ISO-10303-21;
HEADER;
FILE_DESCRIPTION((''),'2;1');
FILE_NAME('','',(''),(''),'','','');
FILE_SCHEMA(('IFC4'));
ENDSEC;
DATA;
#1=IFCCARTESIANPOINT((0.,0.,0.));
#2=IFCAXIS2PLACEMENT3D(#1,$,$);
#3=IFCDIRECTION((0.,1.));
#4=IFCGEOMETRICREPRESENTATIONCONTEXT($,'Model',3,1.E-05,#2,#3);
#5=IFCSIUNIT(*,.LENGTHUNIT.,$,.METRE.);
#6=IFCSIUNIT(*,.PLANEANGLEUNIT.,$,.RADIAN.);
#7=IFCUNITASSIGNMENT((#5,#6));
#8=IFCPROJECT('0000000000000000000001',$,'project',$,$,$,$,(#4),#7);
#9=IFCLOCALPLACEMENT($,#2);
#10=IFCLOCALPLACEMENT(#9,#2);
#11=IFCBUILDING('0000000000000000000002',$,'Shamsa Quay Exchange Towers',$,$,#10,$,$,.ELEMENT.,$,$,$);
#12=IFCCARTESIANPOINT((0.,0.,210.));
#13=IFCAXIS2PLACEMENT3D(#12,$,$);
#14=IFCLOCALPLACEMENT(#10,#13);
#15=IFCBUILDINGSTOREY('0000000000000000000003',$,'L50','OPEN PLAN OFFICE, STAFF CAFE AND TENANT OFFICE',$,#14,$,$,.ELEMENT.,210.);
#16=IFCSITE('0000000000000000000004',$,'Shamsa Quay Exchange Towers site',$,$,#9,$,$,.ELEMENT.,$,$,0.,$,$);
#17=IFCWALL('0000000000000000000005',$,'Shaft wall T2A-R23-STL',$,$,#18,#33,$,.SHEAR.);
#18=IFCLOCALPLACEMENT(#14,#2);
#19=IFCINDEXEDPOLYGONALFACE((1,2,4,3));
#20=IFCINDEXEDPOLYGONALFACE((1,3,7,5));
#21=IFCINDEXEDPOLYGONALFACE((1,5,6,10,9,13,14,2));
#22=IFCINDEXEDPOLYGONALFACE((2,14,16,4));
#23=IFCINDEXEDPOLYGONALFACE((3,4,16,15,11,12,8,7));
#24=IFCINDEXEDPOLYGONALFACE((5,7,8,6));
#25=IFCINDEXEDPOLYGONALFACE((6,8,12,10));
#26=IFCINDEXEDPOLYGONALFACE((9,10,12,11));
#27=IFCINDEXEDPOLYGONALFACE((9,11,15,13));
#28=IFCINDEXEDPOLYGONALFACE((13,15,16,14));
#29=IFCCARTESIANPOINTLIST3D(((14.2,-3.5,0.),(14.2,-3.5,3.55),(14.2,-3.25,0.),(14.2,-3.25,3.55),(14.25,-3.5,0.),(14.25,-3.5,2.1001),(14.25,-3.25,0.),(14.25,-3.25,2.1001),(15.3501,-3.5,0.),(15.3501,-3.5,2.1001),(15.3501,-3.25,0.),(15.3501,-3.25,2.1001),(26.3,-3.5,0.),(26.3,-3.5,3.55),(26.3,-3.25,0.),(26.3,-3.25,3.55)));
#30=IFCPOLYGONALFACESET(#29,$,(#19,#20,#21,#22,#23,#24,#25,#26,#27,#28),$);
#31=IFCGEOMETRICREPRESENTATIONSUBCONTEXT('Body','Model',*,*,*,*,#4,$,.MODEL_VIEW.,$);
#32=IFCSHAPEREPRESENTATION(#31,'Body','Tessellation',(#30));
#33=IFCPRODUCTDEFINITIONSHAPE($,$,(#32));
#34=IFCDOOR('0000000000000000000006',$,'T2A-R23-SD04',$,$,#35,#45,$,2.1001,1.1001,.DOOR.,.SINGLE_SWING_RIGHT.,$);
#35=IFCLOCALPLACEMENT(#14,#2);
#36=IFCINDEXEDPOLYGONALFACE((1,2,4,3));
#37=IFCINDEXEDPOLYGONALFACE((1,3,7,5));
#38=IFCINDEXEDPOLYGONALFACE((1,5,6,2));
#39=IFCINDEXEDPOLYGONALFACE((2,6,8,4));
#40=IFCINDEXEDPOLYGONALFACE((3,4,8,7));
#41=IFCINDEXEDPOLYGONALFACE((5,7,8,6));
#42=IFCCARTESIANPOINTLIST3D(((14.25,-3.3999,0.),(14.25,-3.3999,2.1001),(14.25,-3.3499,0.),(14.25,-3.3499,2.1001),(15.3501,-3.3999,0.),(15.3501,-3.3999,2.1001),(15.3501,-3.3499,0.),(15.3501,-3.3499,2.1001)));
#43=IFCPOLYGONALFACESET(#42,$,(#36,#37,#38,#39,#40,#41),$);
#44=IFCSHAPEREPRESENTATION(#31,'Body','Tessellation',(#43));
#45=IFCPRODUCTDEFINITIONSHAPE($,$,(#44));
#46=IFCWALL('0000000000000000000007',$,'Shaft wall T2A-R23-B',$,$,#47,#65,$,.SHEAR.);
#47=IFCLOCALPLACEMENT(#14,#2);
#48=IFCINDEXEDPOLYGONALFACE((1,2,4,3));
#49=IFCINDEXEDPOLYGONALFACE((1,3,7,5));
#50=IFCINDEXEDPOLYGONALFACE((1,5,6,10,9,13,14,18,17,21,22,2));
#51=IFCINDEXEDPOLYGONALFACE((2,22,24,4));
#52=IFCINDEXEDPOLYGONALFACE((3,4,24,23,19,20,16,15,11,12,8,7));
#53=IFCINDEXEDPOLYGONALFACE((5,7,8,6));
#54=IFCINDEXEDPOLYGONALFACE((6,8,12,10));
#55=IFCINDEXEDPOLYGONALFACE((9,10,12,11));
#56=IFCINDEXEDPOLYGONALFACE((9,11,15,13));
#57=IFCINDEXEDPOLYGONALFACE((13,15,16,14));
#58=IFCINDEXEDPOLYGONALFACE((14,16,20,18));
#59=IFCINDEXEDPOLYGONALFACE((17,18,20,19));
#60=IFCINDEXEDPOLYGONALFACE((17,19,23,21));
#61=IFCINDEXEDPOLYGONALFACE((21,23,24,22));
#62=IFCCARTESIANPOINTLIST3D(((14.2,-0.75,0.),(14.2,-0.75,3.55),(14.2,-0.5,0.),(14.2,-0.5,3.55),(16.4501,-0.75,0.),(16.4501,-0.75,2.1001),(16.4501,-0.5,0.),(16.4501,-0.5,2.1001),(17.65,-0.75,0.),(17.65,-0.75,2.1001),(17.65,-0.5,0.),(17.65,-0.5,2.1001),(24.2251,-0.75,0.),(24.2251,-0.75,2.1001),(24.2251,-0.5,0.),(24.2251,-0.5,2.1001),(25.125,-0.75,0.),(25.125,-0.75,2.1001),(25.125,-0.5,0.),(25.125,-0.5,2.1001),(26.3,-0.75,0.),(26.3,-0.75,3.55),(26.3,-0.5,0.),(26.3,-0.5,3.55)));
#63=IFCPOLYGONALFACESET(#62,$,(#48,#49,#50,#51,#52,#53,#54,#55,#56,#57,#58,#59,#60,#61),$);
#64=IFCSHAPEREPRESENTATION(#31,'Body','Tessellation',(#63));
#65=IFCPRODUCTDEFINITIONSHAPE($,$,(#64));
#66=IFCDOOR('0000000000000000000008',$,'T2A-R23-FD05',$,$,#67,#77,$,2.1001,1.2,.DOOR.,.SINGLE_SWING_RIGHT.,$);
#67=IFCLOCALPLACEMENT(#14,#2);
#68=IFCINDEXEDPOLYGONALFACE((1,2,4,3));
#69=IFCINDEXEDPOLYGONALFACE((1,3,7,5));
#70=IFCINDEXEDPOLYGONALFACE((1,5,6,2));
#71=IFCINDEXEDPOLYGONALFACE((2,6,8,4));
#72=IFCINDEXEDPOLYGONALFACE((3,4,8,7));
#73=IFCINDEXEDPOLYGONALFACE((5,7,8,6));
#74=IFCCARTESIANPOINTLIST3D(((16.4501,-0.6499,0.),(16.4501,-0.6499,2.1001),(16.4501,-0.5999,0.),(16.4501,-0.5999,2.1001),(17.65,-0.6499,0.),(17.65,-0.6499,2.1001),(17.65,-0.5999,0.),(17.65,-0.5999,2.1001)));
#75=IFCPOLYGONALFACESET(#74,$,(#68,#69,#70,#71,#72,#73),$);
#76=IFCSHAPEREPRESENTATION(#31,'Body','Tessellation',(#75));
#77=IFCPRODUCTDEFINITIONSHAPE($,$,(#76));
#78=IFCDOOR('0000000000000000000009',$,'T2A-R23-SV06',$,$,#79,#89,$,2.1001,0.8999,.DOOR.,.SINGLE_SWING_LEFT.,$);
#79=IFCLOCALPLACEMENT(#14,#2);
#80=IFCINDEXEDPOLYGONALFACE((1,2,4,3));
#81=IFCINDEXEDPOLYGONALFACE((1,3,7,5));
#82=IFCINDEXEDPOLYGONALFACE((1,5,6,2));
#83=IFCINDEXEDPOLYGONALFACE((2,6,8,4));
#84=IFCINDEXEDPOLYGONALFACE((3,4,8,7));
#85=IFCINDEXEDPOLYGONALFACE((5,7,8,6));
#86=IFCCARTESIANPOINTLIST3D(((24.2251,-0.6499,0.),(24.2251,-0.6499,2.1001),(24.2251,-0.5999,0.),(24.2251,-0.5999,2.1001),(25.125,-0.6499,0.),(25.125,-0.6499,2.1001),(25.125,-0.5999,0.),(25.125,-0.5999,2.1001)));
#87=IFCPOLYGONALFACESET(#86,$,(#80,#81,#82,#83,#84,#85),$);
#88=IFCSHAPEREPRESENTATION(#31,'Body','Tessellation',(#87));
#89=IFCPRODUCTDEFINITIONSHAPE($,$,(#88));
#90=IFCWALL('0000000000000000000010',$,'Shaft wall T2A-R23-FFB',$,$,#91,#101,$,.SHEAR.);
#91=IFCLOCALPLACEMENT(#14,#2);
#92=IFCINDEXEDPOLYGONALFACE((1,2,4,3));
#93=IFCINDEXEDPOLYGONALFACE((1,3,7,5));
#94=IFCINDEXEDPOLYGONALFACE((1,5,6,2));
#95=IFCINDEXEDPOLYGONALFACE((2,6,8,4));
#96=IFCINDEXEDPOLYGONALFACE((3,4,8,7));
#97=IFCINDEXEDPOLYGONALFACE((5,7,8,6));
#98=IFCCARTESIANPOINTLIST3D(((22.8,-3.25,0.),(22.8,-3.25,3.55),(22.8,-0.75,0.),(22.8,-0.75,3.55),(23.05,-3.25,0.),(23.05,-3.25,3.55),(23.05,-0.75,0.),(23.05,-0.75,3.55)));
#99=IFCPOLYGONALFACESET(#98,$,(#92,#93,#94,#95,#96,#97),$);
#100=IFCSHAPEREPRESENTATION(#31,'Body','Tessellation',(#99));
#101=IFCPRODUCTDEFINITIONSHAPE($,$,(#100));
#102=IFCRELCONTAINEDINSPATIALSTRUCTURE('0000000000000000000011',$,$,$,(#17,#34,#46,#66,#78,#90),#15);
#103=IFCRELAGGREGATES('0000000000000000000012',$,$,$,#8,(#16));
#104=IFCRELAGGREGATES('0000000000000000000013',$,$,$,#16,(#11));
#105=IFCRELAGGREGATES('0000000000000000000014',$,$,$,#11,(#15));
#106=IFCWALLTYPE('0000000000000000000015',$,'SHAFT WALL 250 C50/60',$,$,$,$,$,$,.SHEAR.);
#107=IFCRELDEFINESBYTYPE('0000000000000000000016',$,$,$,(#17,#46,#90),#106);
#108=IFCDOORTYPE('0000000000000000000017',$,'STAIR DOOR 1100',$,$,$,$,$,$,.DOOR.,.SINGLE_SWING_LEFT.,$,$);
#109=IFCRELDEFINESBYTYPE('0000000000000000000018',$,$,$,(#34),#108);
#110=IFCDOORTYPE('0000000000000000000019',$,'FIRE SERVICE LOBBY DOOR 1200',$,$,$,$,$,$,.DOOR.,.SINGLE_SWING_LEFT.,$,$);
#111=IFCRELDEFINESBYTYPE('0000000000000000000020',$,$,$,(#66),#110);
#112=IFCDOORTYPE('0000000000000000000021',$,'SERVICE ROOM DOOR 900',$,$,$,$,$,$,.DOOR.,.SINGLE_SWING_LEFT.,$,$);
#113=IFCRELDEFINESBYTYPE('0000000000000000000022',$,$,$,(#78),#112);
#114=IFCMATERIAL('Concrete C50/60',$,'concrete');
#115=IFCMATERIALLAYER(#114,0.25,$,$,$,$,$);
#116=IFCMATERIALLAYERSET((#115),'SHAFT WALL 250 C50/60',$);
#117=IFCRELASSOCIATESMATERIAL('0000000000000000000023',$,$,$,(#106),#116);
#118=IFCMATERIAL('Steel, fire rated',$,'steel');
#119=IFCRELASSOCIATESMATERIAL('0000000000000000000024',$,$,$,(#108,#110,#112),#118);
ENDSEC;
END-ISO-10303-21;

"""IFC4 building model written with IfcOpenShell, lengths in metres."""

from ifc_helpers import new_model, si_unit, direction, frame, frame_2d, origin, place, context, subcontext, project, spatial, rectangle, extrude, material, layer, layer_set, type_object, element, fill, save


model = new_model("IFC4")

# Units and contexts
model_context = context("Model", 3, precision=1e-05, world=origin(), true_north=direction((0.0, 1.0)))
body_context = subcontext(model_context, "Body", "Model", "MODEL_VIEW")
ifc_project = project(units=[si_unit("LENGTHUNIT", "METRE"), si_unit("PLANEANGLEUNIT", "RADIAN")], contexts=[model_context])

# Site, building, storey
site_placement = place(None, origin())
site = spatial("IfcSite", under=ifc_project, at=site_placement, Name="Shamsa Quay Exchange Towers site", CompositionType="ELEMENT", RefElevation=0.0)
building_placement = place(site_placement, origin())
building = spatial("IfcBuilding", under=site, at=building_placement, Name="Shamsa Quay Exchange Towers", CompositionType="ELEMENT")
storey_placement = place(building_placement, frame((0.0, 0.0, 210.0)))
storey = spatial("IfcBuildingStorey", under=building, at=storey_placement, Name="L50", Description="OPEN PLAN OFFICE, STAFF CAFE AND TENANT OFFICE", CompositionType="ELEMENT", Elevation=210.0)

# Wall, opening, door
ifc_material_1 = material(Name="Concrete C50/60", Category="concrete")
ifc_layer_1 = layer(ifc_material_1, 0.25)
ifc_layer_set_1 = layer_set([ifc_layer_1], Name="SHAFT WALL 250 C50/60")
wall_type_1 = type_object("IfcWallType", Name="SHAFT WALL 250 C50/60", PredefinedType="SHEAR", material=ifc_layer_set_1)
wall_1_placement = place(storey_placement, frame((26.3, -3.375, 0.0), z_axis=(0.0, 0.0, 1.0), x_axis=(-1.0, 0.0, 0.0)))
wall_1 = element("IfcWall", 1, at=wall_1_placement, inside=storey, type_object=wall_type_1, Name="Shaft wall T2A-R23-STL", PredefinedType="SHEAR", context=body_context, shape_type="SweptSolid", body=[
    extrude(rectangle(XDim=12.1001, YDim=0.25, at=frame_2d((6.05, 0.0))), origin(), (0.0, 0.0, 1.0), 3.55),
])
opening_1_placement = place(wall_1_placement, frame((10.95, 0.0, 0.0)))
opening_1 = element("IfcOpeningElement", 2, at=opening_1_placement, cuts=wall_1, PredefinedType="OPENING", context=body_context, shape_type="SweptSolid", body=[
    extrude(rectangle(XDim=1.1001, YDim=2.1001, at=frame_2d((0.55, 1.05))), frame((0.0, 0.135, 0.0), z_axis=(0.0, -1.0, 0.0), x_axis=(1.0, 0.0, 0.0)), (0.0, 0.0, 1.0), 0.27),
])
ifc_material_2 = material(Name="Steel, fire rated", Category="steel")
door_type_1 = type_object("IfcDoorType", Name="STAIR DOOR 1100", OperationType="SINGLE_SWING_LEFT", PredefinedType="DOOR", material=ifc_material_2)
door_1_placement = place(opening_1_placement, origin())
door_1 = element("IfcDoor", 3, at=door_1_placement, inside=storey, type_object=door_type_1, Name="T2A-R23-SD04", OperationType="SINGLE_SWING_RIGHT", OverallHeight=2.1001, OverallWidth=1.1001, PredefinedType="DOOR", context=body_context, shape_type="SweptSolid", body=[
    extrude(rectangle(XDim=1.1001, YDim=2.1001, at=frame_2d((0.55, 1.05))), frame((0.0, 0.0249, 0.0), z_axis=(0.0, -1.0, 0.0), x_axis=(1.0, 0.0, 0.0)), (0.0, 0.0, 1.0), 0.05),
])
fill(opening_1, door_1)

# Wall, openings, doors
wall_2_placement = place(storey_placement, frame((26.3, -0.625, 0.0), z_axis=(0.0, 0.0, 1.0), x_axis=(-1.0, 0.0, 0.0)))
wall_2 = element("IfcWall", 4, at=wall_2_placement, inside=storey, type_object=wall_type_1, Name="Shaft wall T2A-R23-B", PredefinedType="SHEAR", context=body_context, shape_type="SweptSolid", body=[
    extrude(rectangle(XDim=12.1001, YDim=0.25, at=frame_2d((6.05, 0.0))), origin(), (0.0, 0.0, 1.0), 3.55),
])
opening_2_placement = place(wall_2_placement, frame((8.6499, 0.0, 0.0)))
opening_2 = element("IfcOpeningElement", 5, at=opening_2_placement, cuts=wall_2, PredefinedType="OPENING", context=body_context, shape_type="SweptSolid", body=[
    extrude(rectangle(XDim=1.2, YDim=2.1001, at=frame_2d((0.6001, 1.05))), frame((0.0, 0.135, 0.0), z_axis=(0.0, -1.0, 0.0), x_axis=(1.0, 0.0, 0.0)), (0.0, 0.0, 1.0), 0.27),
])
opening_3_placement = place(wall_2_placement, frame((1.175, 0.0, 0.0)))
opening_3 = element("IfcOpeningElement", 6, at=opening_3_placement, cuts=wall_2, PredefinedType="OPENING", context=body_context, shape_type="SweptSolid", body=[
    extrude(rectangle(XDim=0.8999, YDim=2.1001, at=frame_2d((0.45, 1.05))), frame((0.0, 0.135, 0.0), z_axis=(0.0, -1.0, 0.0), x_axis=(1.0, 0.0, 0.0)), (0.0, 0.0, 1.0), 0.27),
])
door_type_2 = type_object("IfcDoorType", Name="FIRE SERVICE LOBBY DOOR 1200", OperationType="SINGLE_SWING_LEFT", PredefinedType="DOOR", material=ifc_material_2)
door_2_placement = place(opening_2_placement, origin())
door_2 = element("IfcDoor", 7, at=door_2_placement, inside=storey, type_object=door_type_2, Name="T2A-R23-FD05", OperationType="SINGLE_SWING_RIGHT", OverallHeight=2.1001, OverallWidth=1.2, PredefinedType="DOOR", context=body_context, shape_type="SweptSolid", body=[
    extrude(rectangle(XDim=1.2, YDim=2.1001, at=frame_2d((0.6001, 1.05))), frame((0.0, 0.0249, 0.0), z_axis=(0.0, -1.0, 0.0), x_axis=(1.0, 0.0, 0.0)), (0.0, 0.0, 1.0), 0.05),
])
fill(opening_2, door_2)
door_type_3 = type_object("IfcDoorType", Name="SERVICE ROOM DOOR 900", OperationType="SINGLE_SWING_LEFT", PredefinedType="DOOR", material=ifc_material_2)
door_3_placement = place(opening_3_placement, origin())
door_3 = element("IfcDoor", 8, at=door_3_placement, inside=storey, type_object=door_type_3, Name="T2A-R23-SV06", OperationType="SINGLE_SWING_LEFT", OverallHeight=2.1001, OverallWidth=0.8999, PredefinedType="DOOR", context=body_context, shape_type="SweptSolid", body=[
    extrude(rectangle(XDim=0.8999, YDim=2.1001, at=frame_2d((0.45, 1.05))), frame((0.0, 0.0249, 0.0), z_axis=(0.0, -1.0, 0.0), x_axis=(1.0, 0.0, 0.0)), (0.0, 0.0, 1.0), 0.05),
])
fill(opening_3, door_3)

# Wall
wall_3_placement = place(storey_placement, frame((22.925, -3.25, 0.0), z_axis=(0.0, 0.0, 1.0), x_axis=(0.0, 1.0, 0.0)))
element("IfcWall", 9, at=wall_3_placement, inside=storey, type_object=wall_type_1, Name="Shaft wall T2A-R23-FFB", PredefinedType="SHEAR", context=body_context, shape_type="SweptSolid", body=[
    extrude(rectangle(XDim=2.5, YDim=0.25, at=frame_2d((1.25, 0.0))), origin(), (0.0, 0.0, 1.0), 3.55),
])

save(model, "model.ifc")
